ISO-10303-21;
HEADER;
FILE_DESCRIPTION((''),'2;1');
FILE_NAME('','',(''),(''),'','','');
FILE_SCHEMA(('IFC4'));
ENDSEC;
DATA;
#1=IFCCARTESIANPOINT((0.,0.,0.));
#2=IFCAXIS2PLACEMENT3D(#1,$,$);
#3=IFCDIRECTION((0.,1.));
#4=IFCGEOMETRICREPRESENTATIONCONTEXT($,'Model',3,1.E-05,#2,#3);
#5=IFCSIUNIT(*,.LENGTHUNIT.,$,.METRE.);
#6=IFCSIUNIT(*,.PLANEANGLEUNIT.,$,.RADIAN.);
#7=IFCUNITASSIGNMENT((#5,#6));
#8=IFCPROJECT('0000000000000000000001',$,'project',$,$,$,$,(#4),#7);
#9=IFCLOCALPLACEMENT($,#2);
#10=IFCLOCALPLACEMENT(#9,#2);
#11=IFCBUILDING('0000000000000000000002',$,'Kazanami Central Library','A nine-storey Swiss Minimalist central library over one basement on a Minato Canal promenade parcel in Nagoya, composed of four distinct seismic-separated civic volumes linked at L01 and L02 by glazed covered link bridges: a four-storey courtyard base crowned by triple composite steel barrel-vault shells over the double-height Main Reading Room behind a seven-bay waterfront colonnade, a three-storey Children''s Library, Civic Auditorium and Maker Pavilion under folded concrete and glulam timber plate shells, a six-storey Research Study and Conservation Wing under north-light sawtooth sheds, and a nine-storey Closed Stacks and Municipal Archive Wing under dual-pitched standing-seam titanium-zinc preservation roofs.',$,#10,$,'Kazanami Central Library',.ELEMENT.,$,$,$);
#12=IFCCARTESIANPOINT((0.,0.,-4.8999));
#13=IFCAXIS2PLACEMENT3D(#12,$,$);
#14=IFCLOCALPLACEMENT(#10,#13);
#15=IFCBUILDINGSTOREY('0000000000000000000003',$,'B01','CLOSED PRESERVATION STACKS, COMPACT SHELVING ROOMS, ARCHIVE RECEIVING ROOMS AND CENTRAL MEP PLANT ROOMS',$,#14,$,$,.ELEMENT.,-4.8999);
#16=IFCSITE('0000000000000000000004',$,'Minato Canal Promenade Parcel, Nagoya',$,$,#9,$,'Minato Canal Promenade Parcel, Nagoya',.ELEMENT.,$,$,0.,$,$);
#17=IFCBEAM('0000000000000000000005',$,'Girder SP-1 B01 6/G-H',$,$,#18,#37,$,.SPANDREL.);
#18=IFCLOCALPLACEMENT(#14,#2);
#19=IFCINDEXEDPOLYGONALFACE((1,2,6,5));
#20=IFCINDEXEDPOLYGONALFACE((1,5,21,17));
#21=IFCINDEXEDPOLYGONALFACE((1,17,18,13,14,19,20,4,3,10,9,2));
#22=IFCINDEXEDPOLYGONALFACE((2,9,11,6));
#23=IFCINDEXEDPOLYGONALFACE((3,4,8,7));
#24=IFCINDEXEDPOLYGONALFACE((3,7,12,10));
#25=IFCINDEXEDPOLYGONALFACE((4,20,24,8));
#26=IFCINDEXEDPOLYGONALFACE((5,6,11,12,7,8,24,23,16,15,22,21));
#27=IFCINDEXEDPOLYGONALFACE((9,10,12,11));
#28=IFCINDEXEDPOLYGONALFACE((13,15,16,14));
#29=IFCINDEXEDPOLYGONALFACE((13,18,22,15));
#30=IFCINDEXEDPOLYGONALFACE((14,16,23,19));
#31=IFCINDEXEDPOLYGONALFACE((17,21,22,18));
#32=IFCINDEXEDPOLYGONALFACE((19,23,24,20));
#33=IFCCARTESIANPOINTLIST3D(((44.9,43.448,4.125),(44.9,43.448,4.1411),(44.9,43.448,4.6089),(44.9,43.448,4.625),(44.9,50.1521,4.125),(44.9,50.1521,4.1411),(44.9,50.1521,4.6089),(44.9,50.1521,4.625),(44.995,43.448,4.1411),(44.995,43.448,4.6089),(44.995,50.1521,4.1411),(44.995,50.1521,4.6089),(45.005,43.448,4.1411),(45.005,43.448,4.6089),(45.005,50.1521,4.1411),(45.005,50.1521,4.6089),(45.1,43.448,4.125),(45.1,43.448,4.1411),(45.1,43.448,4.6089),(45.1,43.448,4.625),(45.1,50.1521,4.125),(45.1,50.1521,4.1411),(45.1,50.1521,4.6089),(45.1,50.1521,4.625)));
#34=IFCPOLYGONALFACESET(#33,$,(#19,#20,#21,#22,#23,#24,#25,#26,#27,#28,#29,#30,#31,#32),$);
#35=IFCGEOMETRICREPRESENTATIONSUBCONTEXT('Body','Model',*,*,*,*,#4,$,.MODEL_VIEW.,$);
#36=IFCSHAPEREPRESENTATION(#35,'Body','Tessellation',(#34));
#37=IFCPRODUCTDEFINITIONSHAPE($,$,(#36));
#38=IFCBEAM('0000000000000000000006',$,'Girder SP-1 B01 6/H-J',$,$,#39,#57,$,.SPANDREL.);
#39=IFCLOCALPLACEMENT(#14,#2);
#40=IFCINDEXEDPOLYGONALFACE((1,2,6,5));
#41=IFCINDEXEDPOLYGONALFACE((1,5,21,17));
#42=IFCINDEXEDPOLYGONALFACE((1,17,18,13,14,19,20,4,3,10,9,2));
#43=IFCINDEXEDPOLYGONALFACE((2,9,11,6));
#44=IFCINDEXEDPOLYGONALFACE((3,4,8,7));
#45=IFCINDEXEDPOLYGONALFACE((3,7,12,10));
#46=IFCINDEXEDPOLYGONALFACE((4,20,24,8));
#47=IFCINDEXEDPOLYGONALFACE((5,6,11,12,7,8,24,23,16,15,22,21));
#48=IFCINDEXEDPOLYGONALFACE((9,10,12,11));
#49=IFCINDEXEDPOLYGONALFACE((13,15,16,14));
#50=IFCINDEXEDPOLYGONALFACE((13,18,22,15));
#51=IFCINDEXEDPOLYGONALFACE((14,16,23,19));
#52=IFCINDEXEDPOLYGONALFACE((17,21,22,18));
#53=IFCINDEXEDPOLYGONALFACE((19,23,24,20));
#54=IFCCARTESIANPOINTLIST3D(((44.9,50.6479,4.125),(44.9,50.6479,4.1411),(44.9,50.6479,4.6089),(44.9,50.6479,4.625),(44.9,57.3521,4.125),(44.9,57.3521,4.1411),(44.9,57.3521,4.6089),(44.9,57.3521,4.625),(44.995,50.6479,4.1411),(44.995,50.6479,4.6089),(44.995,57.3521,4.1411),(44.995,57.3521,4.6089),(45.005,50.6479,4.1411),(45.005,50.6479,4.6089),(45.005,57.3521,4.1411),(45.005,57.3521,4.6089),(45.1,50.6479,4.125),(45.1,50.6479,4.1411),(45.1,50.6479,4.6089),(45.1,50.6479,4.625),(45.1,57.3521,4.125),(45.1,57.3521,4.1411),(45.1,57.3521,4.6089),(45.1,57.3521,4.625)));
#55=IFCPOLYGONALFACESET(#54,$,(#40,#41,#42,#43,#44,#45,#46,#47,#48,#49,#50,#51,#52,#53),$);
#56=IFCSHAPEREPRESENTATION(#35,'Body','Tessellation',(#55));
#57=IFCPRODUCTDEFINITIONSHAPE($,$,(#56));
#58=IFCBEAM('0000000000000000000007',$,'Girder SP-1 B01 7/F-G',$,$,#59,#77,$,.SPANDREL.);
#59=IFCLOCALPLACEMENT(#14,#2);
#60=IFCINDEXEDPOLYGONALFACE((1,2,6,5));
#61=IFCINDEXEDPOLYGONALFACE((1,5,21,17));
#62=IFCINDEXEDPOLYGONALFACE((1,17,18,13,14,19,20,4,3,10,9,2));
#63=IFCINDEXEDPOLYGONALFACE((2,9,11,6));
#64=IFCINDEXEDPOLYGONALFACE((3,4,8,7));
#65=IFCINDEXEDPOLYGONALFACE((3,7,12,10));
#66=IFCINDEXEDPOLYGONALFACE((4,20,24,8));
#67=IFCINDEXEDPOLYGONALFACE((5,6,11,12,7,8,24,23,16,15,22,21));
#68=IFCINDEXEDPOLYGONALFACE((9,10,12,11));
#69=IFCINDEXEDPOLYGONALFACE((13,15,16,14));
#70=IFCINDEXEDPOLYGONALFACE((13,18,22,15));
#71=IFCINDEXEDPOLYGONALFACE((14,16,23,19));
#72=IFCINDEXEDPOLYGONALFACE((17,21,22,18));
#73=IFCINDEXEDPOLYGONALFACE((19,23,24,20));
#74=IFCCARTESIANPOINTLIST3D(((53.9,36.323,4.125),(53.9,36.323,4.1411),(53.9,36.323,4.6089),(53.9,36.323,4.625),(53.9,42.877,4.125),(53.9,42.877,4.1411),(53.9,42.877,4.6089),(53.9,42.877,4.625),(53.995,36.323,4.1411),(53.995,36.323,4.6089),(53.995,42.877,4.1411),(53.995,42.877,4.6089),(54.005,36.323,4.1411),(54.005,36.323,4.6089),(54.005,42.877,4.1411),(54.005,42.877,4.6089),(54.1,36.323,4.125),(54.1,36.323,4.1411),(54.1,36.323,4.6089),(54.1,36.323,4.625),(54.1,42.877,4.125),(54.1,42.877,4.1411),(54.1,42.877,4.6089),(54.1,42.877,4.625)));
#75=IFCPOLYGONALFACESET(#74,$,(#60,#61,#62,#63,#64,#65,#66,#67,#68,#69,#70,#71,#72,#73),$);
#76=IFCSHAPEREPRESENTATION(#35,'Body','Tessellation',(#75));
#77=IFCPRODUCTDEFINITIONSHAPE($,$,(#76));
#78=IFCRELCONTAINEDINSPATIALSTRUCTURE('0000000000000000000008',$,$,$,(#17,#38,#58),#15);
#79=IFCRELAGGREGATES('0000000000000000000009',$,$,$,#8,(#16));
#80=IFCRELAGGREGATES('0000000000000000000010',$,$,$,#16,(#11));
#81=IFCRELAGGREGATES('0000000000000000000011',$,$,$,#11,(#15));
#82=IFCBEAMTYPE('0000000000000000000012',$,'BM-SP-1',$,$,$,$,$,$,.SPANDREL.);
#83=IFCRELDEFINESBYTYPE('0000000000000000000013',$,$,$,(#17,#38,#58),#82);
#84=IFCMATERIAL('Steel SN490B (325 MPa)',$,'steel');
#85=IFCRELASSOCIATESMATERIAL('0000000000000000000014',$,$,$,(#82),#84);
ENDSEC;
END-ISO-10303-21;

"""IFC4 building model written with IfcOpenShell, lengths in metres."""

from ifc_helpers import new_model, si_unit, direction, frame, origin, origin_2d, place, context, subcontext, project, spatial, i_section, extrude, material, material_profile, profile_set, type_object, element, save


model = new_model("IFC4")

# Units and contexts
model_context = context("Model", 3, precision=1e-05, world=origin(), true_north=direction((0.0, 1.0)))
body_context = subcontext(model_context, "Body", "Model", "MODEL_VIEW")
ifc_project = project(units=[si_unit("LENGTHUNIT", "METRE"), si_unit("PLANEANGLEUNIT", "RADIAN")], contexts=[model_context])

# Site, building, storey
site_placement = place(None, origin())
site = spatial("IfcSite", under=ifc_project, at=site_placement, Name="Minato Canal Promenade Parcel, Nagoya", LongName="Minato Canal Promenade Parcel, Nagoya", CompositionType="ELEMENT", RefElevation=0.0)
building_placement = place(site_placement, origin())
building = spatial("IfcBuilding", under=site, at=building_placement, Name="Kazanami Central Library", Description="A nine-storey Swiss Minimalist central library over one basement on a Minato Canal promenade parcel in Nagoya, composed of four distinct seismic-separated civic volumes linked at L01 and L02 by glazed covered link bridges: a four-storey courtyard base crowned by triple composite steel barrel-vault shells over the double-height Main Reading Room behind a seven-bay waterfront colonnade, a three-storey Children's Library, Civic Auditorium and Maker Pavilion under folded concrete and glulam timber plate shells, a six-storey Research Study and Conservation Wing under north-light sawtooth sheds, and a nine-storey Closed Stacks and Municipal Archive Wing under dual-pitched standing-seam titanium-zinc preservation roofs.", LongName="Kazanami Central Library", CompositionType="ELEMENT")
storey_placement = place(building_placement, frame((0.0, 0.0, -4.8999)))
storey = spatial("IfcBuildingStorey", under=building, at=storey_placement, Name="B01", Description="CLOSED PRESERVATION STACKS, COMPACT SHELVING ROOMS, ARCHIVE RECEIVING ROOMS AND CENTRAL MEP PLANT ROOMS", CompositionType="ELEMENT", Elevation=-4.8999)

# Beams
ifc_material_1 = material(Name="Steel SN490B (325 MPa)", Category="steel")
ifc_material_profile_1 = material_profile(ifc_material_1, i_section(OverallWidth=0.2, OverallDepth=0.5, WebThickness=0.01, FlangeThickness=0.0161, at=origin_2d()), Name="H-500x200x10x16")
ifc_profile_set_1 = profile_set([ifc_material_profile_1], Name="Steel SN490B (325 MPa)")
beam_type_1 = type_object("IfcBeamType", Name="BM-SP-1", PredefinedType="SPANDREL", material=ifc_profile_set_1)
for number, where, z_axis, x_axis, name in (
    (1, (45.0, 43.448, 4.375), (0.0, 1.0, 0.0), (-1.0, 0.0, 0.0), "Girder SP-1 B01 6/G-H"),
    (2, (45.0, 50.6479, 4.375), (0.0, 1.0, 0.0), (-1.0, 0.0, 0.0), "Girder SP-1 B01 6/H-J"),
):
    element("IfcBeam", number, at=place(storey_placement, frame(where, z_axis=z_axis, x_axis=x_axis)), inside=storey, type_object=beam_type_1, Name=name, PredefinedType="SPANDREL", context=body_context, shape_type="SweptSolid", body=[
        extrude(i_section(OverallWidth=0.2, OverallDepth=0.5, WebThickness=0.01, FlangeThickness=0.0161, at=origin_2d()), origin(), (0.0, 0.0, 1.0), 6.7041),
    ])
beam_1_placement = place(storey_placement, frame((54.0, 36.323, 4.375), z_axis=(0.0, 1.0, 0.0), x_axis=(-1.0, 0.0, 0.0)))
element("IfcBeam", 3, at=beam_1_placement, inside=storey, type_object=beam_type_1, Name="Girder SP-1 B01 7/F-G", PredefinedType="SPANDREL", context=body_context, shape_type="SweptSolid", body=[
    extrude(i_section(OverallWidth=0.2, OverallDepth=0.5, WebThickness=0.01, FlangeThickness=0.0161, at=origin_2d()), origin(), (0.0, 0.0, 1.0), 6.554),
])

save(model, "model.ifc")
